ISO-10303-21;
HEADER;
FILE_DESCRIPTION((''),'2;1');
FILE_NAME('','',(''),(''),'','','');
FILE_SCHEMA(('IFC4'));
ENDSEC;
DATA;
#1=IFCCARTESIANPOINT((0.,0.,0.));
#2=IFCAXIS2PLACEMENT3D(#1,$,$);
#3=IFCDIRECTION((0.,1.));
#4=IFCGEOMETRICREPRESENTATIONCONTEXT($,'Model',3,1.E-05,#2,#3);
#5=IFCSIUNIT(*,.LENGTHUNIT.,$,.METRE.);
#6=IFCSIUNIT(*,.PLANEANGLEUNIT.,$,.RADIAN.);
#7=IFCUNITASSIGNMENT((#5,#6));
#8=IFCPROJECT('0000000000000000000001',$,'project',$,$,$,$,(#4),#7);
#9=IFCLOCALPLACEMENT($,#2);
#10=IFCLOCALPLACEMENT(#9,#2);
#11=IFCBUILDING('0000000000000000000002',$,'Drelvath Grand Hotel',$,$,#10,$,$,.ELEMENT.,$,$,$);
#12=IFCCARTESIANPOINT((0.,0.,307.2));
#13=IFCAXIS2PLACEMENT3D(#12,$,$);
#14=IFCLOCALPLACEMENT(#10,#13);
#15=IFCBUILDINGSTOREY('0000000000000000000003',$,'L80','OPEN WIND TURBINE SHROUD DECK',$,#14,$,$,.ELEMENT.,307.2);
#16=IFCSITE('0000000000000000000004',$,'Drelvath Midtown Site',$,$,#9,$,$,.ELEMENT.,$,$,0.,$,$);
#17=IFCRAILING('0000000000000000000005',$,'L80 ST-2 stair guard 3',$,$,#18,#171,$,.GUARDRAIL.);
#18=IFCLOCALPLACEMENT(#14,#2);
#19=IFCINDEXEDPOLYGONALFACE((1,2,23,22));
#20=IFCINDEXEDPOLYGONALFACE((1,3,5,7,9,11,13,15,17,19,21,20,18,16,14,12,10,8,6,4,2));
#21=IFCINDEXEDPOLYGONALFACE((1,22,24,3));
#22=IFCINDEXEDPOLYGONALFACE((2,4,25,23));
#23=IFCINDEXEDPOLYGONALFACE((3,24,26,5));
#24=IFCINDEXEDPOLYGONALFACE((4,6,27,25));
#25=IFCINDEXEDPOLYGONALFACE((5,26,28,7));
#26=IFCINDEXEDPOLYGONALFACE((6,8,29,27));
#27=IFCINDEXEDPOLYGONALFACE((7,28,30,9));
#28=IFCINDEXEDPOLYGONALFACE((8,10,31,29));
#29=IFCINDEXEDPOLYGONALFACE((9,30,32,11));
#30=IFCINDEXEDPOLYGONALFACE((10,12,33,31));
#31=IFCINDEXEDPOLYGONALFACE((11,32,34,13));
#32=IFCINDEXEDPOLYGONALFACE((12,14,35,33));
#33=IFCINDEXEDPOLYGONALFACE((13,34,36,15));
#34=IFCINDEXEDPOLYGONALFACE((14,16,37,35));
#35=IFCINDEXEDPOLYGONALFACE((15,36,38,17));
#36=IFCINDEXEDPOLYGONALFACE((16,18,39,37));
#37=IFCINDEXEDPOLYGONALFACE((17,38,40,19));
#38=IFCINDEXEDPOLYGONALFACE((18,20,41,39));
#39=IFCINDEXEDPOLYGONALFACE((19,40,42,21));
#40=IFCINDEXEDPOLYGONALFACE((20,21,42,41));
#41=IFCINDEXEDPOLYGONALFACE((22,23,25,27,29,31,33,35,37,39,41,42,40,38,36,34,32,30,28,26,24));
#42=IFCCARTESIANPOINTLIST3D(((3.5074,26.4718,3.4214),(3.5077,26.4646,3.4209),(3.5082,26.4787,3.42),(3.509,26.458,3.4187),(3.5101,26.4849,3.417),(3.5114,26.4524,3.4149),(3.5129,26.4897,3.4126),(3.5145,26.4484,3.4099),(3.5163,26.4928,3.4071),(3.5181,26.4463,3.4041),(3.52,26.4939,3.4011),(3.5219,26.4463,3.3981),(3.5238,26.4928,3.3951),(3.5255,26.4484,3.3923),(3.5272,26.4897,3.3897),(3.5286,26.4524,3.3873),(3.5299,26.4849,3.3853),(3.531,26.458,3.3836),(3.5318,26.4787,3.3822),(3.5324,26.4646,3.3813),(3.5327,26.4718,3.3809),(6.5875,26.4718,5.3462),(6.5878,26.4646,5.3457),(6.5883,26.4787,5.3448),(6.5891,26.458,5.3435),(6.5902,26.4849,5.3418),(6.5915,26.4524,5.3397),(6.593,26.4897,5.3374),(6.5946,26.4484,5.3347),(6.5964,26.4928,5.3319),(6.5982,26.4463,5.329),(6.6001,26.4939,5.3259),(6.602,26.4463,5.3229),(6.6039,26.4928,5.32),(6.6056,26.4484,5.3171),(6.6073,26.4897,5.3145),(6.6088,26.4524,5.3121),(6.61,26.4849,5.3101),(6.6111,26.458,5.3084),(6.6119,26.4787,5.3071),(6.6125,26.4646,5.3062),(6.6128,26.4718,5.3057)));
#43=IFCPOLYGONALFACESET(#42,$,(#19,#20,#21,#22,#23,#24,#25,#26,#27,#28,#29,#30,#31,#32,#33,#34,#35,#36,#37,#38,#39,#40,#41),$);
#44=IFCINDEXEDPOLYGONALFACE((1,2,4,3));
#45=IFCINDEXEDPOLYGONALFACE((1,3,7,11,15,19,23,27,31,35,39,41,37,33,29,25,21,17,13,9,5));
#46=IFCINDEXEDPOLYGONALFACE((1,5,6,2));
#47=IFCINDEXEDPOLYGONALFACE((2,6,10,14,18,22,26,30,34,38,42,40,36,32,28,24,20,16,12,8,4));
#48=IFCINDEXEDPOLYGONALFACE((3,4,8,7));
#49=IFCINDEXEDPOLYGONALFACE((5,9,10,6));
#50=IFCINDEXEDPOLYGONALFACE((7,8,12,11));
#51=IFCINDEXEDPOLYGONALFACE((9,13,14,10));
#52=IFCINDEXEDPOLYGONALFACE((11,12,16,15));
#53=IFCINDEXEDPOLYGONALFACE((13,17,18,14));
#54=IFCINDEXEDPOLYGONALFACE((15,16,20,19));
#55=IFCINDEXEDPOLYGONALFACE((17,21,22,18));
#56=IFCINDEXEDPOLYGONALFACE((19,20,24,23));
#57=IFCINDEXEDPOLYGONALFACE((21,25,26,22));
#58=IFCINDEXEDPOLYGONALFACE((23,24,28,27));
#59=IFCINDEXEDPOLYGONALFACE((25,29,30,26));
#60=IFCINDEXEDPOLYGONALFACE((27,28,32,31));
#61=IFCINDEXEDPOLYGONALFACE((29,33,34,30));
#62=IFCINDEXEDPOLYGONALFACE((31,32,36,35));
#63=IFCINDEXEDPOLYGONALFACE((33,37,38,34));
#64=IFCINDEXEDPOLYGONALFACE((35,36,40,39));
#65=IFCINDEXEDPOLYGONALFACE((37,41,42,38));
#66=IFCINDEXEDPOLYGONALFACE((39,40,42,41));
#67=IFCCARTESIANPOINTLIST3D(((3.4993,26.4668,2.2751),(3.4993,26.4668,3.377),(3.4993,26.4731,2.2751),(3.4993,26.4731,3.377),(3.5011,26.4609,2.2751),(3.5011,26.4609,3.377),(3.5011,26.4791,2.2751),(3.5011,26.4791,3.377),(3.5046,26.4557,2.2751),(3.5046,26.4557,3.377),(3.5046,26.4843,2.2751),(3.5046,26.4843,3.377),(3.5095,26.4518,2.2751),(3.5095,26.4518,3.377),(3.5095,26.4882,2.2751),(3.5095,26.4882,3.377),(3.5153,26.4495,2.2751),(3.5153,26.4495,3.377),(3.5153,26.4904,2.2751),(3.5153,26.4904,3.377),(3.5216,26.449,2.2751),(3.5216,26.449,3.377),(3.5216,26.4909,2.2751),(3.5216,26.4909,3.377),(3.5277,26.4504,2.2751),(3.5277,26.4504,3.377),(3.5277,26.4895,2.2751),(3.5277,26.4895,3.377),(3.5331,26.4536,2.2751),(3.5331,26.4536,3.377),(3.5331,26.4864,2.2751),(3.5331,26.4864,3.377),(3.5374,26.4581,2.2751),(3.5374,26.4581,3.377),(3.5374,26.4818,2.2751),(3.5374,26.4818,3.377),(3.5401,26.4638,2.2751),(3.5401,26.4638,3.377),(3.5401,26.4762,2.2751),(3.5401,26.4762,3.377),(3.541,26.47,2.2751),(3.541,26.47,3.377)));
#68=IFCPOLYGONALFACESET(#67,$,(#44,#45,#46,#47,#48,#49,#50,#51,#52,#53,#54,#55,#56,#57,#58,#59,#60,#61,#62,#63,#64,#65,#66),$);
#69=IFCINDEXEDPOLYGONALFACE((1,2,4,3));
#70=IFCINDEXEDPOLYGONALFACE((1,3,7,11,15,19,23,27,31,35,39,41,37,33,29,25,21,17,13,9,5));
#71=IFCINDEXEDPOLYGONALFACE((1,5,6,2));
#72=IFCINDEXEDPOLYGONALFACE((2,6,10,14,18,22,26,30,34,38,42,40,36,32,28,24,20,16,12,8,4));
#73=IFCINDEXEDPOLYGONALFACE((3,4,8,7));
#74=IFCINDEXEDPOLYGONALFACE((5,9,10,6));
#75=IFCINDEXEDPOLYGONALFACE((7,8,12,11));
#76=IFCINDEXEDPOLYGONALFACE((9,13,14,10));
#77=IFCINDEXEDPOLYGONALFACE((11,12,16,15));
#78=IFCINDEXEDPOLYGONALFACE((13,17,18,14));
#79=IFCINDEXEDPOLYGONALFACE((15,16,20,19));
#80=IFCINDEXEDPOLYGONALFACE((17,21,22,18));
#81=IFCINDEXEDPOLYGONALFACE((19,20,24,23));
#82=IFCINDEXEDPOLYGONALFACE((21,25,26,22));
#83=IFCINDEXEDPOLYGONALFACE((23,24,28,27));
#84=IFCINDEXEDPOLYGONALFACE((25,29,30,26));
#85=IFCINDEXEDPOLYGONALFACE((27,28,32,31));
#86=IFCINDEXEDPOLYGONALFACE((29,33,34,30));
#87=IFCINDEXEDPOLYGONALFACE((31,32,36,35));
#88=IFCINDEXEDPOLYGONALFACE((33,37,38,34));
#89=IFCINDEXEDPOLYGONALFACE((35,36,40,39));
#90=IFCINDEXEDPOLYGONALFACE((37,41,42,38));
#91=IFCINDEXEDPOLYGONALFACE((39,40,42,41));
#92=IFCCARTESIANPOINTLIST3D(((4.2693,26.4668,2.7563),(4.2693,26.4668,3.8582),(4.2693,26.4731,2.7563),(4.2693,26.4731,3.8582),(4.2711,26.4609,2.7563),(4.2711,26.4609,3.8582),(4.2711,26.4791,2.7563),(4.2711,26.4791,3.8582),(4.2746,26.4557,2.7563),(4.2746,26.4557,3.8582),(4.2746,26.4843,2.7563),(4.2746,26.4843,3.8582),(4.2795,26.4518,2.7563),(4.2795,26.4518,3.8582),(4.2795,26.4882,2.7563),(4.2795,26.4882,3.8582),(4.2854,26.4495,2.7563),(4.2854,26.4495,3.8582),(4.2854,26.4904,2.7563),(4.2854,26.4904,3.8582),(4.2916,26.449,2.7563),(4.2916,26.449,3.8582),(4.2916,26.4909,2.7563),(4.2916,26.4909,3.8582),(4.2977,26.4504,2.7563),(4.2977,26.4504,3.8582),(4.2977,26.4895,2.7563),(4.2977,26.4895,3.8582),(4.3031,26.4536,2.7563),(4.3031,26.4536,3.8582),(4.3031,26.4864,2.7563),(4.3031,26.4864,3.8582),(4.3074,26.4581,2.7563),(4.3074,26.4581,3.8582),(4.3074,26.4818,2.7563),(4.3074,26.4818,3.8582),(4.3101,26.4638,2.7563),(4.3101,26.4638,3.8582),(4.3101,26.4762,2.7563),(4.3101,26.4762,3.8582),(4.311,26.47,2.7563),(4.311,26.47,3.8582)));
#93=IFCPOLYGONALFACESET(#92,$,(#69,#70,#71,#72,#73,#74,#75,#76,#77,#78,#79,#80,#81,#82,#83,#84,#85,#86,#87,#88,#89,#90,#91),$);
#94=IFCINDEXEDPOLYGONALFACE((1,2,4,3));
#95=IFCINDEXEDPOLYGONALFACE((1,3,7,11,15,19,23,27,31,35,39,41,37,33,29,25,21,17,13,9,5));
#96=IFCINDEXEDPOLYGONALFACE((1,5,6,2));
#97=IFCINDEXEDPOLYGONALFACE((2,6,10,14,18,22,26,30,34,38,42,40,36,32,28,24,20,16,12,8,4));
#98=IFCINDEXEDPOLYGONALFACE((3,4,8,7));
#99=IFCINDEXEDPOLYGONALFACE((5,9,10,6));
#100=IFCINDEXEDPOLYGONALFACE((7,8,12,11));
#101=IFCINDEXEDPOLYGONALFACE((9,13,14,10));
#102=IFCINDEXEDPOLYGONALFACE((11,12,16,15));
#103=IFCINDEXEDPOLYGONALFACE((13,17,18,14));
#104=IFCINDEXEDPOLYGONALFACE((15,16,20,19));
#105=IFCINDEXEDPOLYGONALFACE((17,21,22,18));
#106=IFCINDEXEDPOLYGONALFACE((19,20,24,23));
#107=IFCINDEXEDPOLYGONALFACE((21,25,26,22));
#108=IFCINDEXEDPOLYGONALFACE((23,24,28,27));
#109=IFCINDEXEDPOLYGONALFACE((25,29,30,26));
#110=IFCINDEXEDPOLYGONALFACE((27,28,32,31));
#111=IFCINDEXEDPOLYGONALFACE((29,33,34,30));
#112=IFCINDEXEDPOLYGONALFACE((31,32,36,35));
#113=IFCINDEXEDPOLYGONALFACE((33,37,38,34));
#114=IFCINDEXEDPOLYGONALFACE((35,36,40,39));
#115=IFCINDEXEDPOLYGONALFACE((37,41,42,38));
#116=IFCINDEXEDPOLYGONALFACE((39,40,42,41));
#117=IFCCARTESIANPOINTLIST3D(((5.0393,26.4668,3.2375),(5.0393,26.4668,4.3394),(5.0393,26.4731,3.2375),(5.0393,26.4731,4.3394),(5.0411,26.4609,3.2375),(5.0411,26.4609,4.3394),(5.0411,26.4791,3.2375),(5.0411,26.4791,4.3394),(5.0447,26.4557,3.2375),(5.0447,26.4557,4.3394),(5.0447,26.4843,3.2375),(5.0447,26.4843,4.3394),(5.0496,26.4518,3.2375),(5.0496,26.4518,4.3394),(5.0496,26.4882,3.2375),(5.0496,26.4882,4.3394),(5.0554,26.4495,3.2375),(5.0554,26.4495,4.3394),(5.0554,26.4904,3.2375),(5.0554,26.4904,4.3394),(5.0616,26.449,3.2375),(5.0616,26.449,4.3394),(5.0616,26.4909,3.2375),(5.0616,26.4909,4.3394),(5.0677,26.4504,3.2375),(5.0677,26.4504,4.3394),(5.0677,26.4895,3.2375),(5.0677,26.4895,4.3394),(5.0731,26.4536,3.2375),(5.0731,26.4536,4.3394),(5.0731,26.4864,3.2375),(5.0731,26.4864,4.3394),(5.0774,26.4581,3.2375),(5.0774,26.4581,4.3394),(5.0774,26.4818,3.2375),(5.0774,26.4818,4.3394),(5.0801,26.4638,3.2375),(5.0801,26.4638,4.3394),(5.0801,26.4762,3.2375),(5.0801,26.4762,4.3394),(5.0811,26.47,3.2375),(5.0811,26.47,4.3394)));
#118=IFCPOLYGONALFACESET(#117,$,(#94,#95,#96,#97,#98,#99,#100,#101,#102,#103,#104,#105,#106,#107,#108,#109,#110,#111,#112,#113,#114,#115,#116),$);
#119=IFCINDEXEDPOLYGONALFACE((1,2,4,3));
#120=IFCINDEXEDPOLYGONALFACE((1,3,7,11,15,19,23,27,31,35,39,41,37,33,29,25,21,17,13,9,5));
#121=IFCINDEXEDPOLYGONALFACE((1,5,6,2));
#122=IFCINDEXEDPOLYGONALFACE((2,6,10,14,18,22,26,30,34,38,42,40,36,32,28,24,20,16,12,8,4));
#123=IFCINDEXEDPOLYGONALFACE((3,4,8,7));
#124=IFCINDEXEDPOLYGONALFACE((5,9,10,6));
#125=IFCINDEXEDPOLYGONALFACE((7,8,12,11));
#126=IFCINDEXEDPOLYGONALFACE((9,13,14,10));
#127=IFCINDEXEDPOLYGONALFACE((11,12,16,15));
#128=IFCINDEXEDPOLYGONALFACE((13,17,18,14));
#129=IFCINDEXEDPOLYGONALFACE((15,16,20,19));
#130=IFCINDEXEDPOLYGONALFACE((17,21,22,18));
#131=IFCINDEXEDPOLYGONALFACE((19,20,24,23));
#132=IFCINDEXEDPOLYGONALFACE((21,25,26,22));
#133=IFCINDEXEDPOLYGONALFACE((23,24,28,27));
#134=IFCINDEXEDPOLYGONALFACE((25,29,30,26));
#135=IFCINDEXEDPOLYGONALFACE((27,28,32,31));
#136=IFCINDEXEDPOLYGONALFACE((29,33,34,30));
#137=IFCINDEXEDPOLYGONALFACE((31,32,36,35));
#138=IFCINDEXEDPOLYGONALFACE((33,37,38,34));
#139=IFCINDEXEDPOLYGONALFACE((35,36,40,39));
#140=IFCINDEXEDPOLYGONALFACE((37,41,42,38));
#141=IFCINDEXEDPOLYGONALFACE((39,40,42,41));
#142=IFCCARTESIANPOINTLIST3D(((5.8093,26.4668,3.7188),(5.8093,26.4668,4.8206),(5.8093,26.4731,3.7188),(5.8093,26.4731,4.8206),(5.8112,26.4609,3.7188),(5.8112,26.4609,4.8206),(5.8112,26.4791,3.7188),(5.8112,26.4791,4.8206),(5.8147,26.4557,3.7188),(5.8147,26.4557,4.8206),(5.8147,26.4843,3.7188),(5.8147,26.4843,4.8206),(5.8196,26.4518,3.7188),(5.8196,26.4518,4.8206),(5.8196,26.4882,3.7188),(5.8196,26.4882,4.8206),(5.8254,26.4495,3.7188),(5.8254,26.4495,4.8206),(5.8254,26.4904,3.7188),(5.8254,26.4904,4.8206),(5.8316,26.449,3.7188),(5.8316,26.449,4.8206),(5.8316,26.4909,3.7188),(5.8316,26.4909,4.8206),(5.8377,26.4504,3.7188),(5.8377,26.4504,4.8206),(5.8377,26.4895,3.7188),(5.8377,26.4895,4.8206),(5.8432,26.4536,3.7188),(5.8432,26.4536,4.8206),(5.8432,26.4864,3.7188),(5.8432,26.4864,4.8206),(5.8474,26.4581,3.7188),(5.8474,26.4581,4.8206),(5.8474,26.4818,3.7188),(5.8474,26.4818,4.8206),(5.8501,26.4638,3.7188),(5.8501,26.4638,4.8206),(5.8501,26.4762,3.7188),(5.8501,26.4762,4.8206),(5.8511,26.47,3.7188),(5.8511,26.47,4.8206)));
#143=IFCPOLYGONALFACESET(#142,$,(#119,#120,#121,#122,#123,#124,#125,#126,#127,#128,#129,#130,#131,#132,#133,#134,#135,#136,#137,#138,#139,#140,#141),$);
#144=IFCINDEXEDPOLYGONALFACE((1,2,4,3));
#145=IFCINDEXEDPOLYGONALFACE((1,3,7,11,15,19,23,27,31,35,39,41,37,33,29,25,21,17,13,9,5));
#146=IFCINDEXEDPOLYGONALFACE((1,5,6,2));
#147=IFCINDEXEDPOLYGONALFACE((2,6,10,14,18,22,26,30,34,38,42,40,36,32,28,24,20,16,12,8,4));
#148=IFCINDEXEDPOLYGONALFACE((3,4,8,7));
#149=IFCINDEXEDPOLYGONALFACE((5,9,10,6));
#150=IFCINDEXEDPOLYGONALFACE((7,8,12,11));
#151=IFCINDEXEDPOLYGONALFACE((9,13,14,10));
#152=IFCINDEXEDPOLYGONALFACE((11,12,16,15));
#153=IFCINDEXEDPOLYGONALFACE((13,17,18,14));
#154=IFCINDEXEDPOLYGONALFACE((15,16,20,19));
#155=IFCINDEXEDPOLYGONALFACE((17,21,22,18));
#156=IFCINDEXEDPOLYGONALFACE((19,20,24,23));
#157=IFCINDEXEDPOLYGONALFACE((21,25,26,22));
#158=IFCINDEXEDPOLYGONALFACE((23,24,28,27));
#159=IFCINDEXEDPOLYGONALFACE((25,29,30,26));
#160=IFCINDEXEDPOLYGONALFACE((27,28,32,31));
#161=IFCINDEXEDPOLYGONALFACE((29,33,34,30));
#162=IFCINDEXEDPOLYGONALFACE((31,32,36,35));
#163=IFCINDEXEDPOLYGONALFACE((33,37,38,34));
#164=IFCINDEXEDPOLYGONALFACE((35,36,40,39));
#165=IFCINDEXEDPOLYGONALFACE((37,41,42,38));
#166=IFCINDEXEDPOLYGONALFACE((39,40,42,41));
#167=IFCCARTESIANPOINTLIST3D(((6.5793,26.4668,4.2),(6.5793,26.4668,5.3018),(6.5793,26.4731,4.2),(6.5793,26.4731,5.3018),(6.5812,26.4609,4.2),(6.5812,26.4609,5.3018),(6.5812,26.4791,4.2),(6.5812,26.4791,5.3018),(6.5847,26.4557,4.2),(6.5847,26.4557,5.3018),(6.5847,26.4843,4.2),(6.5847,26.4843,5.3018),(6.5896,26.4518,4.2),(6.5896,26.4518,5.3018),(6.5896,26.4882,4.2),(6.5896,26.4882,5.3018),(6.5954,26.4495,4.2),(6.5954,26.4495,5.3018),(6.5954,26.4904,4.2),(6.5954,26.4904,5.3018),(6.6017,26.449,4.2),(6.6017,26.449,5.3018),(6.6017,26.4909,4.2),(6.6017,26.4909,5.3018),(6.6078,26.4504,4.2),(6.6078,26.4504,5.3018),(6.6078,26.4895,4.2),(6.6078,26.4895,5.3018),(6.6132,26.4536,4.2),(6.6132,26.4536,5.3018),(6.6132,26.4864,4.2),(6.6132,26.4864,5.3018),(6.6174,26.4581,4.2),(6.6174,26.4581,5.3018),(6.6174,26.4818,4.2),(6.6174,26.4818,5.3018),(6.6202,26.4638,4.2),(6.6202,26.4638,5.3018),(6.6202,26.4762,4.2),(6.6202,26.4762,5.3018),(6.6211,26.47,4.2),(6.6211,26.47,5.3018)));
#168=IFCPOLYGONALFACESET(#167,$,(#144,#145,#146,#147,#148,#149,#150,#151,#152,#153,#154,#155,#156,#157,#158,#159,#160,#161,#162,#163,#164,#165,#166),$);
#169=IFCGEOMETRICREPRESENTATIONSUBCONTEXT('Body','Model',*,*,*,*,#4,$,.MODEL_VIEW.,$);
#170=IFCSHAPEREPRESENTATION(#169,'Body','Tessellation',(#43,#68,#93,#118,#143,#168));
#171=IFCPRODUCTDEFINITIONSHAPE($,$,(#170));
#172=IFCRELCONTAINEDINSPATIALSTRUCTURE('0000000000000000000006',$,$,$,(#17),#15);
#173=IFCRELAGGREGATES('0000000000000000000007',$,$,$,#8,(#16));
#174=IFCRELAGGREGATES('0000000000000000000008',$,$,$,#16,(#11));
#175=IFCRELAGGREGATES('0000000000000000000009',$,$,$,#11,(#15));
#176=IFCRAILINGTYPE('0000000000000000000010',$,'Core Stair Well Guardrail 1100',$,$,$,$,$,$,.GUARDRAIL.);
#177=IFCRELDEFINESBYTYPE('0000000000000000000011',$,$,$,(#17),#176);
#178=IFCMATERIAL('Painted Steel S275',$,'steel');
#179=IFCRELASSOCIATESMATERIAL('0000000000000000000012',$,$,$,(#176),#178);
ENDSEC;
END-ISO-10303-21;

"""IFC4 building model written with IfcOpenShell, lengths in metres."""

from ifc_helpers import new_model, si_unit, direction, frame, origin, origin_2d, place, context, subcontext, project, spatial, circle, extrude, material, type_object, element, save


model = new_model("IFC4")

# Units and contexts
model_context = context("Model", 3, precision=1e-05, world=origin(), true_north=direction((0.0, 1.0)))
body_context = subcontext(model_context, "Body", "Model", "MODEL_VIEW")
ifc_project = project(units=[si_unit("LENGTHUNIT", "METRE"), si_unit("PLANEANGLEUNIT", "RADIAN")], contexts=[model_context])

# Site, building, storey
site_placement = place(None, origin())
site = spatial("IfcSite", under=ifc_project, at=site_placement, Name="Drelvath Midtown Site", CompositionType="ELEMENT", RefElevation=0.0)
building_placement = place(site_placement, origin())
building = spatial("IfcBuilding", under=site, at=building_placement, Name="Drelvath Grand Hotel", CompositionType="ELEMENT")
storey_placement = place(building_placement, frame((0.0, 0.0, 307.2)))
storey = spatial("IfcBuildingStorey", under=building, at=storey_placement, Name="L80", Description="OPEN WIND TURBINE SHROUD DECK", CompositionType="ELEMENT", Elevation=307.2)

# Shared definitions
ifc_material_1 = material(Name="Painted Steel S275", Category="steel")

# Railing
railing_type_1 = type_object("IfcRailingType", Name="Core Stair Well Guardrail 1100", PredefinedType="GUARDRAIL", material=ifc_material_1)
railing_1_placement = place(storey_placement, frame((3.52, 26.47, 2.2751)))
element("IfcRailing", 1, at=railing_1_placement, inside=storey, type_object=railing_type_1, Name="L80 ST-2 stair guard 3", PredefinedType="GUARDRAIL", context=body_context, shape_type="SweptSolid", body=[
    extrude(circle(Radius=0.0239, at=origin_2d()), frame((0.0, 0.0, 1.126), z_axis=(0.848029, 0.0, 0.529951), x_axis=(0.0, 1.0, 0.0)), (0.0, 0.0, 1.0), 3.6321),
    extrude(circle(Radius=0.021, at=origin_2d()), origin(), (0.0, 0.0, 1.0), 1.1018),
    extrude(circle(Radius=0.021, at=origin_2d()), frame((0.77, 0.0, 0.4812)), (0.0, 0.0, 1.0), 1.1018),
    extrude(circle(Radius=0.021, at=origin_2d()), frame((1.54, 0.0, 0.9624)), (0.0, 0.0, 1.0), 1.1018),
    extrude(circle(Radius=0.021, at=origin_2d()), frame((2.3101, 0.0, 1.4436)), (0.0, 0.0, 1.0), 1.1018),
    extrude(circle(Radius=0.021, at=origin_2d()), frame((3.0801, 0.0, 1.9248)), (0.0, 0.0, 1.0), 1.1018),
])

save(model, "model.ifc")
